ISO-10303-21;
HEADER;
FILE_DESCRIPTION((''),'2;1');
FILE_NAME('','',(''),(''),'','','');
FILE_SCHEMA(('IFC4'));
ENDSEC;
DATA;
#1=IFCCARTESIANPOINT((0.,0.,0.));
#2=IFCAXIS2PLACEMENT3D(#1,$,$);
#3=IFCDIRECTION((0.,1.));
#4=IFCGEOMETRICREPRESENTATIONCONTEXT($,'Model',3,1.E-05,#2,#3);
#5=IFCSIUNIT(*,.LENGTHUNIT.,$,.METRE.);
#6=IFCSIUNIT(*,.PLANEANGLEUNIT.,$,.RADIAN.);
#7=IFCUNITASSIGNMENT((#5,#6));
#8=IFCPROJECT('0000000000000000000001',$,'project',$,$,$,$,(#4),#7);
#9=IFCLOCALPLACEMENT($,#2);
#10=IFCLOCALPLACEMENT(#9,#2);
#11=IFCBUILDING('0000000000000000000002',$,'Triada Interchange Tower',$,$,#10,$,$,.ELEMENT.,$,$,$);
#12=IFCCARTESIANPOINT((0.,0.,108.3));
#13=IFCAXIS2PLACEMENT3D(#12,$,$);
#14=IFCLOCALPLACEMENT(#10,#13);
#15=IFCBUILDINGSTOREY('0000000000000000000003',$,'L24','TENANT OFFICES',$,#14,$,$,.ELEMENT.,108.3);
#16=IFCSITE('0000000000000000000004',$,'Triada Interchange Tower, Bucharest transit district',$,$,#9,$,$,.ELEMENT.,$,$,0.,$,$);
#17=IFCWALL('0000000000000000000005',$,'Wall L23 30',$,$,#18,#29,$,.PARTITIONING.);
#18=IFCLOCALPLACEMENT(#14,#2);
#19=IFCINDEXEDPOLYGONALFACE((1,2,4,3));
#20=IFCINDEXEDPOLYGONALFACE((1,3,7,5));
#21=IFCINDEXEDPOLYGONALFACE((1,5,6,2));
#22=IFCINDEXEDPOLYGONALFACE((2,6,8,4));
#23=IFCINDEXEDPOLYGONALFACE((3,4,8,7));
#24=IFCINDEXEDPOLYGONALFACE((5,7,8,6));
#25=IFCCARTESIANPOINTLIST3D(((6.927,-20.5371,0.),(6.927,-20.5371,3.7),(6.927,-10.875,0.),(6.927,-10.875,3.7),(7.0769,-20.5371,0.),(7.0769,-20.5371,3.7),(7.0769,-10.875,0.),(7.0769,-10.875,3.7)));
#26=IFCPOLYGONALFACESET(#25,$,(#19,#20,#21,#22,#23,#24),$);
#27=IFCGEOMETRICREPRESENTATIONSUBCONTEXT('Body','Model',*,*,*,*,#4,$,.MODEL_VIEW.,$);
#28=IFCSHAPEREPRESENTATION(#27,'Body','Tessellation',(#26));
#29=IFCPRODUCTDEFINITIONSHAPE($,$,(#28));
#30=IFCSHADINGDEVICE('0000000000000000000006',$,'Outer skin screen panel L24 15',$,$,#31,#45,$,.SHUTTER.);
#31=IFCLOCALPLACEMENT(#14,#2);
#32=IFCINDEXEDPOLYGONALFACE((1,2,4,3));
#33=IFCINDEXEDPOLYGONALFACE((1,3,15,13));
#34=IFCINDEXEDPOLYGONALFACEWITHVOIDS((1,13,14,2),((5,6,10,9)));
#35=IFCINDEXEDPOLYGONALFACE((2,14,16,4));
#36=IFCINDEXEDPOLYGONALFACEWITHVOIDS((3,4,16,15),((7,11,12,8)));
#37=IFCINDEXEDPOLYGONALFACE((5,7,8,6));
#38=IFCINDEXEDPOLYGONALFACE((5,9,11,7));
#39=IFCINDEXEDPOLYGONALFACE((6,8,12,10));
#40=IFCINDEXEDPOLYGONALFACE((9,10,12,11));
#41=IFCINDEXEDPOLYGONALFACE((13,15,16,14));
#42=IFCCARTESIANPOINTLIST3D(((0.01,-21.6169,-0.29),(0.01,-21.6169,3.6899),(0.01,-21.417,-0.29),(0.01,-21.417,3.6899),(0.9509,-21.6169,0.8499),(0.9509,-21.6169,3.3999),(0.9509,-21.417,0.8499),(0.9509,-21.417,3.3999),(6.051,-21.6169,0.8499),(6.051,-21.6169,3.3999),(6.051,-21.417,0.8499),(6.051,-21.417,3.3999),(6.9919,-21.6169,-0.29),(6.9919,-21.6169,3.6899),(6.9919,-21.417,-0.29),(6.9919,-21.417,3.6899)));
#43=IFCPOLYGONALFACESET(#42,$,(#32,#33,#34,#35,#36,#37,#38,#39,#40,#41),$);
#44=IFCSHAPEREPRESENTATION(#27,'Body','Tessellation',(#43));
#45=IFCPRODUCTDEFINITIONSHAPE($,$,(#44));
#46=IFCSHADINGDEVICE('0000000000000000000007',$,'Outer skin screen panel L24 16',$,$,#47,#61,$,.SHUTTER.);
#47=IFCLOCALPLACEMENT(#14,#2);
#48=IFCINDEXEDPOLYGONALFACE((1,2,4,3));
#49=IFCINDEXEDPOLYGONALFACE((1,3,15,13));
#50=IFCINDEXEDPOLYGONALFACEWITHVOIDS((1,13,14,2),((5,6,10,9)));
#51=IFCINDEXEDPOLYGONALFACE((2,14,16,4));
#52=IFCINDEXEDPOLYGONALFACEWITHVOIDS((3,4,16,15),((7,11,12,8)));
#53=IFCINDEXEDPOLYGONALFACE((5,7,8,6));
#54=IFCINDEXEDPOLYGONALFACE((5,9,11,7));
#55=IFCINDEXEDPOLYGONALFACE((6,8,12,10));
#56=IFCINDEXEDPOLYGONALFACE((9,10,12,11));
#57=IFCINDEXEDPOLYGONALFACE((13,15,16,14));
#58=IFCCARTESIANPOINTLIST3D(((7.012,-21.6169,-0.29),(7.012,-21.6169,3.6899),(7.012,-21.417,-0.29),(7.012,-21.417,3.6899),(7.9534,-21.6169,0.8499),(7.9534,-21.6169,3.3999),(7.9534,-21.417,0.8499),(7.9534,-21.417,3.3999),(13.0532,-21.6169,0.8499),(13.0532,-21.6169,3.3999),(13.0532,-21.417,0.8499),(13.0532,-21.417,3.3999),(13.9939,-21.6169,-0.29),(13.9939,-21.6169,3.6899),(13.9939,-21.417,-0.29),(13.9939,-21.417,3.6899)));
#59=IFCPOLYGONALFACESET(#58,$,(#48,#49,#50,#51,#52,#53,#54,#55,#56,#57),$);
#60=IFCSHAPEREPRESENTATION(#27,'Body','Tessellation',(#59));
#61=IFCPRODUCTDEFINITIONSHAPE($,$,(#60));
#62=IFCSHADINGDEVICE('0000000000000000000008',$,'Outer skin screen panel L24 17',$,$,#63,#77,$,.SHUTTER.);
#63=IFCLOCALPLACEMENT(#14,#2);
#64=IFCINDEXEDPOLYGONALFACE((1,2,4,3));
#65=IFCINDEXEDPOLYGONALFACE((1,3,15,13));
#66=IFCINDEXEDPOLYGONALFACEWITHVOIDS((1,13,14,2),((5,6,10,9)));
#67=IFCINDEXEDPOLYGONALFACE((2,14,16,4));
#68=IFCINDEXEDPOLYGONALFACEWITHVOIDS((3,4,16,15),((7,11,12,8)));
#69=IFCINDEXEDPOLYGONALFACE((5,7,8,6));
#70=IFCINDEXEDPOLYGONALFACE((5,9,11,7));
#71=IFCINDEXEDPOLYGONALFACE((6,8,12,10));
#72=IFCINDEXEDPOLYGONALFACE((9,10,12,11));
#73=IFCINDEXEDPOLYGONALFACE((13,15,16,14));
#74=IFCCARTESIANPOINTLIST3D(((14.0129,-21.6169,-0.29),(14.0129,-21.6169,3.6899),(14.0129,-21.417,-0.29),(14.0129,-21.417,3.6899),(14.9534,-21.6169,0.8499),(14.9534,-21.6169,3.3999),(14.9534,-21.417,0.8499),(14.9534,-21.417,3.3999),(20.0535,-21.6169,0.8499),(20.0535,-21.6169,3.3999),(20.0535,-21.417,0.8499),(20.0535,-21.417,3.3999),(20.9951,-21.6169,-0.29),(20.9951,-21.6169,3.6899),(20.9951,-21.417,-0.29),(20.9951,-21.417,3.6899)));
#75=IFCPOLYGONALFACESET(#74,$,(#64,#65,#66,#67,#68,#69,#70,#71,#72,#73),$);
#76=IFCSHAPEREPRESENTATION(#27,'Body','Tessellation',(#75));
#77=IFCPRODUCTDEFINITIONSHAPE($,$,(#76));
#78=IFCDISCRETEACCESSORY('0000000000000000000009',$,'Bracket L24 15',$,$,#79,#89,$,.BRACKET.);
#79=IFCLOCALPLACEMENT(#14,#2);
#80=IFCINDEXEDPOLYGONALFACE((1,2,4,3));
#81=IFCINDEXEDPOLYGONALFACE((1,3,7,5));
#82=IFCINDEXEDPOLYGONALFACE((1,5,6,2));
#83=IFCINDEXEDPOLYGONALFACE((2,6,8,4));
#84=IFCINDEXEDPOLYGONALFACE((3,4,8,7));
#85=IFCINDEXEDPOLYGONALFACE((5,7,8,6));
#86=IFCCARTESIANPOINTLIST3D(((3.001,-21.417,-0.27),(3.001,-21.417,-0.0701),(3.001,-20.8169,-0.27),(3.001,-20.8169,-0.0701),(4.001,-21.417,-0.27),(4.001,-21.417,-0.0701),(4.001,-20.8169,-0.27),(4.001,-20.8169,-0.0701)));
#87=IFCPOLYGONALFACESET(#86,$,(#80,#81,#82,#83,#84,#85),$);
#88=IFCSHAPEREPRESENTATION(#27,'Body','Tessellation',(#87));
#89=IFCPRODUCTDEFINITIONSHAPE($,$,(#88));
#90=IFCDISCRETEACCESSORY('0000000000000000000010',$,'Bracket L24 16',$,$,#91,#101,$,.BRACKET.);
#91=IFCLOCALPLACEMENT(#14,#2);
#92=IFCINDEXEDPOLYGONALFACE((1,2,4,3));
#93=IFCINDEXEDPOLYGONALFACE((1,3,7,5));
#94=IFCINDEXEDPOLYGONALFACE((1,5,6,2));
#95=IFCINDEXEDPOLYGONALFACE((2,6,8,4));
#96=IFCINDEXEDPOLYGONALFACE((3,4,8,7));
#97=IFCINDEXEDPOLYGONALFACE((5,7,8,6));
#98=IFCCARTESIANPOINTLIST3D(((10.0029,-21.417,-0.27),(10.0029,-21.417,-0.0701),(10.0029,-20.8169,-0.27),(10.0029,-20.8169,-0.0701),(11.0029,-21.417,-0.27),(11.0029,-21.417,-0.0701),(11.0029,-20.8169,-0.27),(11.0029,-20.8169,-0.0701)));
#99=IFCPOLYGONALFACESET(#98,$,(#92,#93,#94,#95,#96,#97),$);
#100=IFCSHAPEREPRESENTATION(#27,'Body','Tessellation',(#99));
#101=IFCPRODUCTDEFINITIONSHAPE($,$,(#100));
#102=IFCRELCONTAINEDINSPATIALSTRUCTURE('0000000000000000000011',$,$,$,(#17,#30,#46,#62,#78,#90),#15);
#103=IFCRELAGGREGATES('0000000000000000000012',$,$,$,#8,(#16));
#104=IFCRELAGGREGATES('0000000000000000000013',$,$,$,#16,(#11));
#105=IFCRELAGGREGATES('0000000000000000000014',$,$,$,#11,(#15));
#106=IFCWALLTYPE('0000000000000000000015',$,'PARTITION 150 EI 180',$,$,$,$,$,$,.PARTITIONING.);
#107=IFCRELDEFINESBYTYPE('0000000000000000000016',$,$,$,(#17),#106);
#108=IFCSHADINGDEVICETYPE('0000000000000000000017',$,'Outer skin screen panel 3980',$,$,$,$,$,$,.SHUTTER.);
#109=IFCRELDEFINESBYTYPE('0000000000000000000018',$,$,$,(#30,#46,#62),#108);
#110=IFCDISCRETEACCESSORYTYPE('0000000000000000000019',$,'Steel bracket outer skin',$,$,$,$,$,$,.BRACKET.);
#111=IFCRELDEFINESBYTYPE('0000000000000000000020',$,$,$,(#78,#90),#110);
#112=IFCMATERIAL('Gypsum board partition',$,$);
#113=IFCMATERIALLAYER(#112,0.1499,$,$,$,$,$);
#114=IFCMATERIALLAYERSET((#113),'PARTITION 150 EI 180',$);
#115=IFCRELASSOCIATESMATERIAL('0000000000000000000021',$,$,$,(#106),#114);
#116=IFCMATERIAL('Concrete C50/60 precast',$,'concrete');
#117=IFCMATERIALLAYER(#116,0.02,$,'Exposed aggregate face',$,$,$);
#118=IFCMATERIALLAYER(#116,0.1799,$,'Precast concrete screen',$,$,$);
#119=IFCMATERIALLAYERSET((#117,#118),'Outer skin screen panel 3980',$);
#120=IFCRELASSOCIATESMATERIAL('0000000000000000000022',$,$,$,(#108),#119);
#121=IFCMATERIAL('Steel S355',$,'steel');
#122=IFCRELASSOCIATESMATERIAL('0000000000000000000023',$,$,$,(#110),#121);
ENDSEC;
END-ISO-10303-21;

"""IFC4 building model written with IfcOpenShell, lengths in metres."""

from ifc_helpers import new_model, si_unit, direction, frame, frame_2d, origin, origin_2d, place, context, subcontext, project, spatial, polyline, rectangle, outline, extrude, material, layer, layer_set, type_object, element, save


model = new_model("IFC4")

# Units and contexts
model_context = context("Model", 3, precision=1e-05, world=origin(), true_north=direction((0.0, 1.0)))
body_context = subcontext(model_context, "Body", "Model", "MODEL_VIEW")
ifc_project = project(units=[si_unit("LENGTHUNIT", "METRE"), si_unit("PLANEANGLEUNIT", "RADIAN")], contexts=[model_context])

# Site, building, storey
site_placement = place(None, origin())
site = spatial("IfcSite", under=ifc_project, at=site_placement, Name="Triada Interchange Tower, Bucharest transit district", CompositionType="ELEMENT", RefElevation=0.0)
building_placement = place(site_placement, origin())
building = spatial("IfcBuilding", under=site, at=building_placement, Name="Triada Interchange Tower", CompositionType="ELEMENT")
storey_placement = place(building_placement, frame((0.0, 0.0, 108.3)))
storey = spatial("IfcBuildingStorey", under=building, at=storey_placement, Name="L24", Description="TENANT OFFICES", CompositionType="ELEMENT", Elevation=108.3)

# Wall
ifc_material_1 = material(Name="Gypsum board partition")
ifc_layer_1 = layer(ifc_material_1, 0.1499)
ifc_layer_set_1 = layer_set([ifc_layer_1], Name="PARTITION 150 EI 180")
wall_type_1 = type_object("IfcWallType", Name="PARTITION 150 EI 180", PredefinedType="PARTITIONING", material=ifc_layer_set_1)
wall_1_placement = place(storey_placement, frame((7.002, -20.5371, 0.0), z_axis=(0.0, 0.0, 1.0), x_axis=(0.0, 1.0, 0.0)))
element("IfcWall", 1, at=wall_1_placement, inside=storey, type_object=wall_type_1, Name="Wall L23 30", PredefinedType="PARTITIONING", context=body_context, shape_type="SweptSolid", body=[
    extrude(rectangle(XDim=9.6621, YDim=0.1499, at=frame_2d((4.8311, 0.0))), origin(), (0.0, 0.0, 1.0), 3.7),
])

# Shading devices
ifc_material_2 = material(Name="Concrete C50/60 precast", Category="concrete")
ifc_layer_2 = layer(ifc_material_2, 0.02, Name="Exposed aggregate face")
ifc_layer_3 = layer(ifc_material_2, 0.1799, Name="Precast concrete screen")
ifc_layer_set_2 = layer_set([ifc_layer_2, ifc_layer_3], Name="Outer skin screen panel 3980")
shading_device_type = type_object("IfcShadingDeviceType", Name="Outer skin screen panel 3980", PredefinedType="SHUTTER", material=ifc_layer_set_2)
shading_device_1_placement = place(storey_placement, frame((0.01, -21.417, -0.29), z_axis=(0.0, 0.0, 1.0), x_axis=(1.0, 0.0, 0.0)))
element("IfcShadingDevice", 2, at=shading_device_1_placement, inside=storey, type_object=shading_device_type, Name="Outer skin screen panel L24 15", PredefinedType="SHUTTER", context=body_context, shape_type="SweptSolid", body=[
    extrude(outline(polyline([(0.0, 0.0), (6.9819, 0.0), (6.9819, 3.98), (0.0, 3.98), (0.0, 0.0)]), holes=[polyline([(0.9409, 1.1399), (0.9409, 3.6899), (6.041, 3.6899), (6.041, 1.1399), (0.9409, 1.1399)])]), frame((0.0, 0.0, 0.0), z_axis=(0.0, -1.0, 0.0), x_axis=(1.0, 0.0, 0.0)), (0.0, 0.0, 1.0), 0.2),
])
shading_device_2_placement = place(storey_placement, frame((7.012, -21.417, -0.29), z_axis=(0.0, 0.0, 1.0), x_axis=(1.0, 0.0, 0.0)))
element("IfcShadingDevice", 3, at=shading_device_2_placement, inside=storey, type_object=shading_device_type, Name="Outer skin screen panel L24 16", PredefinedType="SHUTTER", context=body_context, shape_type="SweptSolid", body=[
    extrude(outline(polyline([(0.0, 0.0), (6.9819, 0.0), (6.9819, 3.98), (0.0, 3.98), (0.0, 0.0)]), holes=[polyline([(0.9414, 1.1399), (0.9414, 3.6899), (6.0413, 3.6899), (6.0413, 1.1399), (0.9414, 1.1399)])]), frame((0.0, 0.0, 0.0), z_axis=(0.0, -1.0, 0.0), x_axis=(1.0, 0.0, 0.0)), (0.0, 0.0, 1.0), 0.2),
])
shading_device_3_placement = place(storey_placement, frame((14.0129, -21.417, -0.29), z_axis=(0.0, 0.0, 1.0), x_axis=(1.0, 0.0, 0.0)))
element("IfcShadingDevice", 4, at=shading_device_3_placement, inside=storey, type_object=shading_device_type, Name="Outer skin screen panel L24 17", PredefinedType="SHUTTER", context=body_context, shape_type="SweptSolid", body=[
    extrude(outline(polyline([(0.0, 0.0), (6.9822, 0.0), (6.9822, 3.98), (0.0, 3.98), (0.0, 0.0)]), holes=[polyline([(0.9404, 1.1399), (0.9404, 3.6899), (6.0405, 3.6899), (6.0405, 1.1399), (0.9404, 1.1399)])]), frame((0.0, 0.0, 0.0), z_axis=(0.0, -1.0, 0.0), x_axis=(1.0, 0.0, 0.0)), (0.0, 0.0, 1.0), 0.2),
])

# Discrete accessories
ifc_material_3 = material(Name="Steel S355", Category="steel")
discrete_accessory_type = type_object("IfcDiscreteAccessoryType", Name="Steel bracket outer skin", PredefinedType="BRACKET", material=ifc_material_3)
for number, where, z_axis, x_axis, name in (
    (5, (3.501, -21.1169, -0.27), (0.0, 0.0, 1.0), (0.0, -1.0, 0.0), "Bracket L24 15"),
    (6, (10.5029, -21.1169, -0.27), (0.0, 0.0, 1.0), (0.0, -1.0, 0.0), "Bracket L24 16"),
):
    element("IfcDiscreteAccessory", number, at=place(storey_placement, frame(where, z_axis=z_axis, x_axis=x_axis)), inside=storey, type_object=discrete_accessory_type, Name=name, PredefinedType="BRACKET", context=body_context, shape_type="SweptSolid", body=[
        extrude(rectangle(XDim=0.6001, YDim=1.0, at=origin_2d()), origin(), (0.0, 0.0, 1.0), 0.2),
    ])

save(model, "model.ifc")
